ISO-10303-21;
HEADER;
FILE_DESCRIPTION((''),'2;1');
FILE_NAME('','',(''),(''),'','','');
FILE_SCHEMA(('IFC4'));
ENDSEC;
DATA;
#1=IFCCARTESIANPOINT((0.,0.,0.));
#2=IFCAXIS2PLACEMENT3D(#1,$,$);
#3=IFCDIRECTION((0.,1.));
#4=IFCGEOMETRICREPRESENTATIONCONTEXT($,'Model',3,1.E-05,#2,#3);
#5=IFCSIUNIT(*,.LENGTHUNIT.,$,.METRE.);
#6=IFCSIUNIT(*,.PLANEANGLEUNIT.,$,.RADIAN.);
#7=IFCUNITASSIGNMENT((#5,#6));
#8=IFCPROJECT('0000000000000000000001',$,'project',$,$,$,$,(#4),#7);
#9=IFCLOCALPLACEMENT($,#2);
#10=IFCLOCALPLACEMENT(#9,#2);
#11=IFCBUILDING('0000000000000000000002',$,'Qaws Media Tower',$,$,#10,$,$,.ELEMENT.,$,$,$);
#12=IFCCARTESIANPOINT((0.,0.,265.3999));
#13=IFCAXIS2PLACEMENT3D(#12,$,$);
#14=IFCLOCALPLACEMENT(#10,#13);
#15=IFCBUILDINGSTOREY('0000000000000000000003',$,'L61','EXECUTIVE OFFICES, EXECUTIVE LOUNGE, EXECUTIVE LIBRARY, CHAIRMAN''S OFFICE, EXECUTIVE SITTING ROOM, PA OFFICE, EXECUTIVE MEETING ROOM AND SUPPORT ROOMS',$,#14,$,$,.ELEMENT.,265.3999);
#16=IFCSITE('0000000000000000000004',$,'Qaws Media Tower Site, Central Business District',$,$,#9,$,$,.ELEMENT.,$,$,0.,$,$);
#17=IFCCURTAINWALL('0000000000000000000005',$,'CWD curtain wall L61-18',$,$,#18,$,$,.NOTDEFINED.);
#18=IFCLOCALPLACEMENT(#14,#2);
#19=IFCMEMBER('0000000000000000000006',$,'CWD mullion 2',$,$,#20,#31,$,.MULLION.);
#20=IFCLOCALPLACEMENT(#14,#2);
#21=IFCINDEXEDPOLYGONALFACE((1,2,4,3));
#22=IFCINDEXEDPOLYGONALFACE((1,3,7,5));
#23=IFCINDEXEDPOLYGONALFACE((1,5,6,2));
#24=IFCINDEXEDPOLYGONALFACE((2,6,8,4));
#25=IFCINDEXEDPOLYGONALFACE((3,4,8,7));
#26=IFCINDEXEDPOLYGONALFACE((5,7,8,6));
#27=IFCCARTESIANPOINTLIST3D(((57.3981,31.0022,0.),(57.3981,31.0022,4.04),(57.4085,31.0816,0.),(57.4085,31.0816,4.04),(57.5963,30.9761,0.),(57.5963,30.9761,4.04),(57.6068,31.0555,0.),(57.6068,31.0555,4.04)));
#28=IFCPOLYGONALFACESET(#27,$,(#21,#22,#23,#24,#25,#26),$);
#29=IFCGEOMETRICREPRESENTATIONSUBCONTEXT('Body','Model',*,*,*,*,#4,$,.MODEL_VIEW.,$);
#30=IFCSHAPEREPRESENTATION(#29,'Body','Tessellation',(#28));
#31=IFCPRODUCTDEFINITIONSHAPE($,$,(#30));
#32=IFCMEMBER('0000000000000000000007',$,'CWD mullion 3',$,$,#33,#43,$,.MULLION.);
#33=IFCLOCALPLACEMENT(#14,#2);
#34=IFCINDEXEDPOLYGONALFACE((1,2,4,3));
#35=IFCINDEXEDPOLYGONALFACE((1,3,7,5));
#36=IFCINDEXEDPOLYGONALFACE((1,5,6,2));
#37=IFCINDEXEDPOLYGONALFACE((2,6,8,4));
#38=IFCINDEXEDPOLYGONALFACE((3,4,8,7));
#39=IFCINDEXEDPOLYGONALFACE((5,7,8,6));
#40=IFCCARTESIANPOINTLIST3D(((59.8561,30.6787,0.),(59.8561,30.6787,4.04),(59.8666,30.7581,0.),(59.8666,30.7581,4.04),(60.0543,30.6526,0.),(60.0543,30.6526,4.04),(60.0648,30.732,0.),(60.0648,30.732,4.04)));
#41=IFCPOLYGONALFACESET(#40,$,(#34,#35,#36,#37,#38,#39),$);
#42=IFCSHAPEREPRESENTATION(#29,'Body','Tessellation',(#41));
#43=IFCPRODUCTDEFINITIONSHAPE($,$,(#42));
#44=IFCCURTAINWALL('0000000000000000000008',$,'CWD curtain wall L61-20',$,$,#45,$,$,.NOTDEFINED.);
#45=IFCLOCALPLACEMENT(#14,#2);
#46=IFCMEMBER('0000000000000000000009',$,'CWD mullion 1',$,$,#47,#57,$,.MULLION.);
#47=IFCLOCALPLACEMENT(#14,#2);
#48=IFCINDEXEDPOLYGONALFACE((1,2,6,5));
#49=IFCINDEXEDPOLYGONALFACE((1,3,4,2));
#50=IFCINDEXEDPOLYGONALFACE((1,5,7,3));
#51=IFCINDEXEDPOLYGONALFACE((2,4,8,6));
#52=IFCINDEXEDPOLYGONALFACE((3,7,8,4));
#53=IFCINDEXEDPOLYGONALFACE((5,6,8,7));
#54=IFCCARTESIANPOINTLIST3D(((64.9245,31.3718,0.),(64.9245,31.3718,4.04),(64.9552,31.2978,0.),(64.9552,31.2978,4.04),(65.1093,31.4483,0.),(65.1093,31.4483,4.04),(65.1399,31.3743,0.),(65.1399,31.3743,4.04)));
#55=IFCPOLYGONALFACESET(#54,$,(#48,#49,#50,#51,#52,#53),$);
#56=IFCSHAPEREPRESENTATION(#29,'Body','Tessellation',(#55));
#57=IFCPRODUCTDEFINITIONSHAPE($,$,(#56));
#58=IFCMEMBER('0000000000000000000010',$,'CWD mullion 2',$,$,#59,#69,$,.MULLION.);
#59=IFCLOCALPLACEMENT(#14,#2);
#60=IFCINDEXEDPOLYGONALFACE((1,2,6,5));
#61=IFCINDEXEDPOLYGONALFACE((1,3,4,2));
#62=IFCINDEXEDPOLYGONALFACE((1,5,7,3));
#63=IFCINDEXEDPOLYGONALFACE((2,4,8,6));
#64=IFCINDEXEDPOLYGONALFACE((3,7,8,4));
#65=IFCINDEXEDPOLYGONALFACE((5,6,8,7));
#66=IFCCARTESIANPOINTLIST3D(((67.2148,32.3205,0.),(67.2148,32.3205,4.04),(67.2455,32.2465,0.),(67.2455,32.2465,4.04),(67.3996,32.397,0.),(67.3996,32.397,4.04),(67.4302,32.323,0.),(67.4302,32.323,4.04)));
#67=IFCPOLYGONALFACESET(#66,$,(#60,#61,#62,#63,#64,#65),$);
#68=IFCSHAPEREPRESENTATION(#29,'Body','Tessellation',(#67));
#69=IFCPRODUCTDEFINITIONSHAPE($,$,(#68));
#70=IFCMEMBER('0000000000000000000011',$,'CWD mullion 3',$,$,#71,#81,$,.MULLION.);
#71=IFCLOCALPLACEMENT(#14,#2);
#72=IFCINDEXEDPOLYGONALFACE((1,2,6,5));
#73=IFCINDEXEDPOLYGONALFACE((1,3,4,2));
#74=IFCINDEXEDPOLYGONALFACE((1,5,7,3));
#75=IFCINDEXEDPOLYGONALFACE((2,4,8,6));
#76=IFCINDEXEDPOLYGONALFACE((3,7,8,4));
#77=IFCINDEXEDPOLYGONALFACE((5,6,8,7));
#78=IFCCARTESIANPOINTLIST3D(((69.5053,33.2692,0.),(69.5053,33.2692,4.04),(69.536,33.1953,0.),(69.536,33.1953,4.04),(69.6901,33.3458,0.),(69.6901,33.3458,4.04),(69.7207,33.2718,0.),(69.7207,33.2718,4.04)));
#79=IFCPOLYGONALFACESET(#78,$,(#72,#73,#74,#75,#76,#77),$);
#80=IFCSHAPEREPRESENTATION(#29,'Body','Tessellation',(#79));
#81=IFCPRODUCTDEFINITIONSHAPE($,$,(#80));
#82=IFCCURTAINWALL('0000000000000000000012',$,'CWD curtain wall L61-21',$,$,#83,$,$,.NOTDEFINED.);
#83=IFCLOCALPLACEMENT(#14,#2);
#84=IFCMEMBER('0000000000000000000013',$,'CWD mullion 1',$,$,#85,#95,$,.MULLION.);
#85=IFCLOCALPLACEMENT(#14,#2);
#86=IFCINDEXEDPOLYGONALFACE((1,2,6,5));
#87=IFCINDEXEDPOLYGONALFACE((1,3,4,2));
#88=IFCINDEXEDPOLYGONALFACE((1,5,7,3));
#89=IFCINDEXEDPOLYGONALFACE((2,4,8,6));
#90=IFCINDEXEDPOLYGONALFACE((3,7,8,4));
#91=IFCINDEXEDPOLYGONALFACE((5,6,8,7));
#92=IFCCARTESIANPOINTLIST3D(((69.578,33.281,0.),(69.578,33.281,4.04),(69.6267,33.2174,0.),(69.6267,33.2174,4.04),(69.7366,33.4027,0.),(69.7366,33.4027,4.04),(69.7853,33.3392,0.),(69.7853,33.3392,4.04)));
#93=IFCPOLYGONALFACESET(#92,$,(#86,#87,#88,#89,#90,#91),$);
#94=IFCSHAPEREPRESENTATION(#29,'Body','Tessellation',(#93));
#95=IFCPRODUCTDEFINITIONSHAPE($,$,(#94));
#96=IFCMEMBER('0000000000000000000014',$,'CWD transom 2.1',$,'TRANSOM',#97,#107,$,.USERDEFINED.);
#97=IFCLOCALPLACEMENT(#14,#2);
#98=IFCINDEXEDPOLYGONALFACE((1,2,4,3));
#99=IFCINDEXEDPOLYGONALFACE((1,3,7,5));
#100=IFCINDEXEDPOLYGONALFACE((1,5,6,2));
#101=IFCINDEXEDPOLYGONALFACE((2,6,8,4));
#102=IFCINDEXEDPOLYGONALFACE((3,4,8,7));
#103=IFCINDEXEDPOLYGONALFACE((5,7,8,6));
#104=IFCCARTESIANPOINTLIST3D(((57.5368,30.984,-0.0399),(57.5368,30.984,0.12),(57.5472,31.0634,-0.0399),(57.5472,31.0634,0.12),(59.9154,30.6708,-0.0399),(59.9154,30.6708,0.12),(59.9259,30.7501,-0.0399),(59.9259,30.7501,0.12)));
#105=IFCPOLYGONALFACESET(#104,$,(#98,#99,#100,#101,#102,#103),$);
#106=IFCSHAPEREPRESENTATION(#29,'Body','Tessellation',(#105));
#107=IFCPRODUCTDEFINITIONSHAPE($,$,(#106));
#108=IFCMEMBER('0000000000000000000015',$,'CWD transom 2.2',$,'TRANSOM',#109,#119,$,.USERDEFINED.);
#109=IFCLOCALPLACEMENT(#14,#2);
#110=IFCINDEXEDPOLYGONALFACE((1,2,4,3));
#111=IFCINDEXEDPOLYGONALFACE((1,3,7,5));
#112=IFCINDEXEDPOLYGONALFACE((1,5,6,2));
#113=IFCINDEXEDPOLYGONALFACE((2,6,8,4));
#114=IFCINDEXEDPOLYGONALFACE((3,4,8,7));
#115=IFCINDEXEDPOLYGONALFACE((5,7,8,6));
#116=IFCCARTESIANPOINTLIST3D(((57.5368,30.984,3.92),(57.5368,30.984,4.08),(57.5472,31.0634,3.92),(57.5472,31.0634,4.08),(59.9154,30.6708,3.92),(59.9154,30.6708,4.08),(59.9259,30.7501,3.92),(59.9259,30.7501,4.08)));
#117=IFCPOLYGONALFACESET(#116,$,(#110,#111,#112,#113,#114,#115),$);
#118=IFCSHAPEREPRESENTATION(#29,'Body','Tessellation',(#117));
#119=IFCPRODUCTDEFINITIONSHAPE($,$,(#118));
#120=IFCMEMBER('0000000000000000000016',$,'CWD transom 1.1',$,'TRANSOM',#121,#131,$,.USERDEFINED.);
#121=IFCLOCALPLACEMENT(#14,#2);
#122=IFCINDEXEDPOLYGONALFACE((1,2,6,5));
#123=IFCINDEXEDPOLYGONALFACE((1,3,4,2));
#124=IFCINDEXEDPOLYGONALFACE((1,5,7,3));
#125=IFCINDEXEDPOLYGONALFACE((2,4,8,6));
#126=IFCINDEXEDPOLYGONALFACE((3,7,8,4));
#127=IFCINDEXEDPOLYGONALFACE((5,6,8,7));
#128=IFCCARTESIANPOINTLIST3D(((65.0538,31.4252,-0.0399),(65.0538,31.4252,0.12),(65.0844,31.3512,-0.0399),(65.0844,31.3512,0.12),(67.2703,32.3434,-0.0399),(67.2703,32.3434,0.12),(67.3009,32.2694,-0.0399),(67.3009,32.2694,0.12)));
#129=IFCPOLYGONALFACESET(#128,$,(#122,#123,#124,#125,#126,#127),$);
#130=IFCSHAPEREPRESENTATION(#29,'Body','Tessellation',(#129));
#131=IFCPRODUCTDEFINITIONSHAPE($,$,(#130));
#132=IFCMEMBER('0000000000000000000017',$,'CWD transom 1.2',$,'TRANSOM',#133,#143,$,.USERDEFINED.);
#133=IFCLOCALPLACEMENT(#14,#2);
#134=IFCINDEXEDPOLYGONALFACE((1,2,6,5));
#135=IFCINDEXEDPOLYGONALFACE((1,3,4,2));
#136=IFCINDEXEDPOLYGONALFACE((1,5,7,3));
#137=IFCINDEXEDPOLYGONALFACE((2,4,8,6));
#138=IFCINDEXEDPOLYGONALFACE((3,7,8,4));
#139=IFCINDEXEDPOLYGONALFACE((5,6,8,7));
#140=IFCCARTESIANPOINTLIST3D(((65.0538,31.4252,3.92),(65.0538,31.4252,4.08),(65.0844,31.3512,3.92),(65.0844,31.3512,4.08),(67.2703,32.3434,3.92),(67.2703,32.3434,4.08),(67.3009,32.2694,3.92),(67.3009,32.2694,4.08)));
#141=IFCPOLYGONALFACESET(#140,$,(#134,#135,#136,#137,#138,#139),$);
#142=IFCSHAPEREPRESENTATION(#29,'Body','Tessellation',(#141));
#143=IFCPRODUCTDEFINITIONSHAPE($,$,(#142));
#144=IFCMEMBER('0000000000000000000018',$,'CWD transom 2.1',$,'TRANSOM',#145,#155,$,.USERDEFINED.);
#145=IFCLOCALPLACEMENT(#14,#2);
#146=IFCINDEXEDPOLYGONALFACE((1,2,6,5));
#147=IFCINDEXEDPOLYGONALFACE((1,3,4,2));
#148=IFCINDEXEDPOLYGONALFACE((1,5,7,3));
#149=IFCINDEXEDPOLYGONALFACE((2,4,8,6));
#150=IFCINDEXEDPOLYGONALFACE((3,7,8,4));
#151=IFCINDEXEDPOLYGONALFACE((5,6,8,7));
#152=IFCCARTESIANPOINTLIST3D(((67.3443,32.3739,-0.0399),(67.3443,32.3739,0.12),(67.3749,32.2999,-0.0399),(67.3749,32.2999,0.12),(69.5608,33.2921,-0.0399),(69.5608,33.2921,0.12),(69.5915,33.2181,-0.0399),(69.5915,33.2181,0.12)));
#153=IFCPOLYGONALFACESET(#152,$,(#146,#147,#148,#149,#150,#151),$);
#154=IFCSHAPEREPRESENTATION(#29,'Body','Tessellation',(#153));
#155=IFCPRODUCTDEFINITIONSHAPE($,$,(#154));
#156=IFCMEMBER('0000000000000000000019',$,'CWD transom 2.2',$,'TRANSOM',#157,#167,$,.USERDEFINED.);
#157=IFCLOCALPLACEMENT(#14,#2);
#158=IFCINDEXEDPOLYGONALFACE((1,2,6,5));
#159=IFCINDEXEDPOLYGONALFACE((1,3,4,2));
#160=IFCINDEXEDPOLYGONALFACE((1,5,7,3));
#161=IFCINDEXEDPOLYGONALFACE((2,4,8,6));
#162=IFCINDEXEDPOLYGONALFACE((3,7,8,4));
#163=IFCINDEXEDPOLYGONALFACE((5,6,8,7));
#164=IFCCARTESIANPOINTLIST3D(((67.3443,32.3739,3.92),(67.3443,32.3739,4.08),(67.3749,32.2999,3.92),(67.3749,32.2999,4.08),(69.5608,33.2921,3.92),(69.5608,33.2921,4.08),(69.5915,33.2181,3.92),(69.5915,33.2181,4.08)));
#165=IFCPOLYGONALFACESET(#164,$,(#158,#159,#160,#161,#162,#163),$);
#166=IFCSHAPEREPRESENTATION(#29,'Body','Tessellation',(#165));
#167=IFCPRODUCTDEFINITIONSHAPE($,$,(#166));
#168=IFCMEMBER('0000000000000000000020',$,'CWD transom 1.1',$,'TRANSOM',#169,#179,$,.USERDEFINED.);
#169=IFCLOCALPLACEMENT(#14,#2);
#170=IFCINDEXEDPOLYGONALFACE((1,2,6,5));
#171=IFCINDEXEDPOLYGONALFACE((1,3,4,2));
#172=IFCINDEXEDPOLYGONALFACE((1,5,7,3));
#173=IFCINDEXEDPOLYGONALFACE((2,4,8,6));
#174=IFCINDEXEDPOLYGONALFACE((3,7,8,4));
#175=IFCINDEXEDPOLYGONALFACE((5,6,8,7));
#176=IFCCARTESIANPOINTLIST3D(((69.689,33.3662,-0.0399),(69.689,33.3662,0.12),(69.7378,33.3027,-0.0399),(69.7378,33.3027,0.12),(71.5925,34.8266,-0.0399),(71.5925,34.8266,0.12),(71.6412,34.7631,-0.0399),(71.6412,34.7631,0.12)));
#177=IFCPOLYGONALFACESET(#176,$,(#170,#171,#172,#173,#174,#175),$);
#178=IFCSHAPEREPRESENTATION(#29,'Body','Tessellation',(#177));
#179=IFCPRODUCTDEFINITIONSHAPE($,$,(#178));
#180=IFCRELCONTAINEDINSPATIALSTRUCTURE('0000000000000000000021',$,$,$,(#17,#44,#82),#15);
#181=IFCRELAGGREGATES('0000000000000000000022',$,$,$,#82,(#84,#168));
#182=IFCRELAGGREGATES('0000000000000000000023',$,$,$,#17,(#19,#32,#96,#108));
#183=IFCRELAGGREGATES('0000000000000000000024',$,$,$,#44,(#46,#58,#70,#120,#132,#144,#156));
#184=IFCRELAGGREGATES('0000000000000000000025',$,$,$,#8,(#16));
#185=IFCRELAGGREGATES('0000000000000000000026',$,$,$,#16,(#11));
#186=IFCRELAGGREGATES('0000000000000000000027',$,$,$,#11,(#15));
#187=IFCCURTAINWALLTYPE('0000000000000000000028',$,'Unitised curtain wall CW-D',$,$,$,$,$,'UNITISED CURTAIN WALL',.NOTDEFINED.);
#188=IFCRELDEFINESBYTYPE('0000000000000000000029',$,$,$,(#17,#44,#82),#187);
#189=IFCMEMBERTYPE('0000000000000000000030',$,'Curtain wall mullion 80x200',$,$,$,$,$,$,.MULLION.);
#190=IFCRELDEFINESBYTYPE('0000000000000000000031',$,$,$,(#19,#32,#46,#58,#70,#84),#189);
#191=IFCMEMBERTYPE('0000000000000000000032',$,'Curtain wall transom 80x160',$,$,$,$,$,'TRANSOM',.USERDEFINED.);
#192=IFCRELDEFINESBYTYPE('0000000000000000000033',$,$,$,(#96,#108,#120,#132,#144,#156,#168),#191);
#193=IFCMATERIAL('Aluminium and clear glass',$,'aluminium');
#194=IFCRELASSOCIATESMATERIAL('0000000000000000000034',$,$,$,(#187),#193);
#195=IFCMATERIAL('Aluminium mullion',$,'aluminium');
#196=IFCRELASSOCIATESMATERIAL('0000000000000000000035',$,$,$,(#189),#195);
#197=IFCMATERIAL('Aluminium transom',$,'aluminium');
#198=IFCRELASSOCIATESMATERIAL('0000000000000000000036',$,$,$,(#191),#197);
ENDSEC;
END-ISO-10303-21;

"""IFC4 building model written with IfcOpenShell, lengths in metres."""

from ifc_helpers import new_model, si_unit, direction, frame, origin, origin_2d, place, context, subcontext, project, spatial, rectangle, extrude, material, material_profile, profile_set, type_object, element, aggregate, save


model = new_model("IFC4")

# Units and contexts
model_context = context("Model", 3, precision=1e-05, world=origin(), true_north=direction((0.0, 1.0)))
body_context = subcontext(model_context, "Body", "Model", "MODEL_VIEW")
ifc_project = project(units=[si_unit("LENGTHUNIT", "METRE"), si_unit("PLANEANGLEUNIT", "RADIAN")], contexts=[model_context])

# Site, building, storey
site_placement = place(None, origin())
site = spatial("IfcSite", under=ifc_project, at=site_placement, Name="Qaws Media Tower Site, Central Business District", CompositionType="ELEMENT", RefElevation=0.0)
building_placement = place(site_placement, origin())
building = spatial("IfcBuilding", under=site, at=building_placement, Name="Qaws Media Tower", CompositionType="ELEMENT")
storey_placement = place(building_placement, frame((0.0, 0.0, 265.3999)))
storey = spatial("IfcBuildingStorey", under=building, at=storey_placement, Name="L61", Description="EXECUTIVE OFFICES, EXECUTIVE LOUNGE, EXECUTIVE LIBRARY, CHAIRMAN'S OFFICE, EXECUTIVE SITTING ROOM, PA OFFICE, EXECUTIVE MEETING ROOM AND SUPPORT ROOMS", CompositionType="ELEMENT", Elevation=265.3999)

# Curtain walls, members
ifc_material_1 = material(Name="Aluminium and clear glass", Category="aluminium")
curtain_wall_type = type_object("IfcCurtainWallType", Name="Unitised curtain wall CW-D", ElementType="UNITISED CURTAIN WALL", PredefinedType="NOTDEFINED", material=ifc_material_1)
curtain_wall_1_placement = place(storey_placement, origin())
curtain_wall_1 = element("IfcCurtainWall", 1, at=curtain_wall_1_placement, inside=storey, type_object=curtain_wall_type, Name="CWD curtain wall L61-18", PredefinedType="NOTDEFINED")
ifc_material_2 = material(Name="Aluminium mullion", Category="aluminium")
ifc_material_profile_1 = material_profile(ifc_material_2, rectangle(XDim=0.0801, YDim=0.2, at=origin_2d()), Name="80x200")
ifc_profile_set_1 = profile_set([ifc_material_profile_1], Name="Aluminium mullion")
member_type_1 = type_object("IfcMemberType", Name="Curtain wall mullion 80x200", PredefinedType="MULLION", material=ifc_profile_set_1)
member_1_placement = place(storey_placement, frame((57.5024, 31.0288, 0.0), z_axis=(0.0, 0.0, 1.0), x_axis=(0.130526, 0.991445, 0.0)))
member_1 = element("IfcMember", 2, at=member_1_placement, type_object=member_type_1, Name="CWD mullion 2", PredefinedType="MULLION", context=body_context, shape_type="SweptSolid", body=[
    extrude(rectangle(XDim=0.0801, YDim=0.2, at=origin_2d()), origin(), (0.0, 0.0, 1.0), 4.04),
])
member_2_placement = place(storey_placement, frame((59.9604, 30.7053, 0.0), z_axis=(0.0, 0.0, 1.0), x_axis=(0.130526, 0.991445, 0.0)))
member_2 = element("IfcMember", 3, at=member_2_placement, type_object=member_type_1, Name="CWD mullion 3", PredefinedType="MULLION", context=body_context, shape_type="SweptSolid", body=[
    extrude(rectangle(XDim=0.0801, YDim=0.2, at=origin_2d()), origin(), (0.0, 0.0, 1.0), 4.04),
])
curtain_wall_2_placement = place(storey_placement, origin())
curtain_wall_2 = element("IfcCurtainWall", 4, at=curtain_wall_2_placement, inside=storey, type_object=curtain_wall_type, Name="CWD curtain wall L61-20", PredefinedType="NOTDEFINED")
member_3_placement = place(storey_placement, frame((65.0322, 31.373, 0.0), z_axis=(0.0, 0.0, 1.0), x_axis=(-0.382683, 0.92388, 0.0)))
member_3 = element("IfcMember", 5, at=member_3_placement, type_object=member_type_1, Name="CWD mullion 1", PredefinedType="MULLION", context=body_context, shape_type="SweptSolid", body=[
    extrude(rectangle(XDim=0.0801, YDim=0.2, at=origin_2d()), origin(), (0.0, 0.0, 1.0), 4.04),
])
member_4_placement = place(storey_placement, frame((67.3225, 32.3218, 0.0), z_axis=(0.0, 0.0, 1.0), x_axis=(-0.382683, 0.92388, 0.0)))
member_4 = element("IfcMember", 6, at=member_4_placement, type_object=member_type_1, Name="CWD mullion 2", PredefinedType="MULLION", context=body_context, shape_type="SweptSolid", body=[
    extrude(rectangle(XDim=0.0801, YDim=0.2, at=origin_2d()), origin(), (0.0, 0.0, 1.0), 4.04),
])
member_5_placement = place(storey_placement, frame((69.613, 33.2705, 0.0), z_axis=(0.0, 0.0, 1.0), x_axis=(-0.382683, 0.92388, 0.0)))
member_5 = element("IfcMember", 7, at=member_5_placement, type_object=member_type_1, Name="CWD mullion 3", PredefinedType="MULLION", context=body_context, shape_type="SweptSolid", body=[
    extrude(rectangle(XDim=0.0801, YDim=0.2, at=origin_2d()), origin(), (0.0, 0.0, 1.0), 4.04),
])

# Curtain wall, member
curtain_wall_3_placement = place(storey_placement, origin())
curtain_wall_3 = element("IfcCurtainWall", 8, at=curtain_wall_3_placement, inside=storey, type_object=curtain_wall_type, Name="CWD curtain wall L61-21", PredefinedType="NOTDEFINED")
member_6_placement = place(storey_placement, frame((69.6816, 33.3101, 0.0), z_axis=(0.0, 0.0, 1.0), x_axis=(-0.608761, 0.793353, 0.0)))
member_6 = element("IfcMember", 9, at=member_6_placement, type_object=member_type_1, Name="CWD mullion 1", PredefinedType="MULLION", context=body_context, shape_type="SweptSolid", body=[
    extrude(rectangle(XDim=0.0801, YDim=0.2, at=origin_2d()), origin(), (0.0, 0.0, 1.0), 4.04),
])

# Members
ifc_material_3 = material(Name="Aluminium transom", Category="aluminium")
ifc_material_profile_2 = material_profile(ifc_material_3, rectangle(XDim=0.0801, YDim=0.1599, at=origin_2d()), Name="80x160")
ifc_profile_set_2 = profile_set([ifc_material_profile_2], Name="Aluminium transom")
member_type_2 = type_object("IfcMemberType", Name="Curtain wall transom 80x160", ElementType="TRANSOM", PredefinedType="USERDEFINED", material=ifc_profile_set_2)
member_7_placement = place(storey_placement, frame((57.542, 31.0237, 0.04), z_axis=(0.991441, -0.130557, 0.0), x_axis=(0.130557, 0.991441, 0.0)))
member_7 = element("IfcMember", 10, at=member_7_placement, type_object=member_type_2, Name="CWD transom 2.1", ObjectType="TRANSOM", PredefinedType="USERDEFINED", context=body_context, shape_type="SweptSolid", body=[
    extrude(rectangle(XDim=0.0801, YDim=0.1599, at=origin_2d()), origin(), (0.0, 0.0, 1.0), 2.3992),
])
member_8_placement = place(storey_placement, frame((57.542, 31.0237, 4.0), z_axis=(0.991441, -0.130557, 0.0), x_axis=(0.130557, 0.991441, 0.0)))
member_8 = element("IfcMember", 11, at=member_8_placement, type_object=member_type_2, Name="CWD transom 2.2", ObjectType="TRANSOM", PredefinedType="USERDEFINED", context=body_context, shape_type="SweptSolid", body=[
    extrude(rectangle(XDim=0.0801, YDim=0.1599, at=origin_2d()), origin(), (0.0, 0.0, 1.0), 2.3992),
])
member_9_placement = place(storey_placement, frame((65.0691, 31.3882, 0.04), z_axis=(0.923867, 0.382714, 0.0), x_axis=(-0.382714, 0.923867, 0.0)))
member_9 = element("IfcMember", 12, at=member_9_placement, type_object=member_type_2, Name="CWD transom 1.1", ObjectType="TRANSOM", PredefinedType="USERDEFINED", context=body_context, shape_type="SweptSolid", body=[
    extrude(rectangle(XDim=0.0801, YDim=0.1599, at=origin_2d()), origin(), (0.0, 0.0, 1.0), 2.3992),
])
member_10_placement = place(storey_placement, frame((65.0691, 31.3882, 4.0), z_axis=(0.923867, 0.382714, 0.0), x_axis=(-0.382714, 0.923867, 0.0)))
member_10 = element("IfcMember", 13, at=member_10_placement, type_object=member_type_2, Name="CWD transom 1.2", ObjectType="TRANSOM", PredefinedType="USERDEFINED", context=body_context, shape_type="SweptSolid", body=[
    extrude(rectangle(XDim=0.0801, YDim=0.1599, at=origin_2d()), origin(), (0.0, 0.0, 1.0), 2.3992),
])
member_11_placement = place(storey_placement, frame((67.3596, 32.3369, 0.04), z_axis=(0.923867, 0.382714, 0.0), x_axis=(-0.382714, 0.923867, 0.0)))
member_11 = element("IfcMember", 14, at=member_11_placement, type_object=member_type_2, Name="CWD transom 2.1", ObjectType="TRANSOM", PredefinedType="USERDEFINED", context=body_context, shape_type="SweptSolid", body=[
    extrude(rectangle(XDim=0.0801, YDim=0.1599, at=origin_2d()), origin(), (0.0, 0.0, 1.0), 2.3992),
])
member_12_placement = place(storey_placement, frame((67.3596, 32.3369, 4.0), z_axis=(0.923867, 0.382714, 0.0), x_axis=(-0.382714, 0.923867, 0.0)))
member_12 = element("IfcMember", 15, at=member_12_placement, type_object=member_type_2, Name="CWD transom 2.2", ObjectType="TRANSOM", PredefinedType="USERDEFINED", context=body_context, shape_type="SweptSolid", body=[
    extrude(rectangle(XDim=0.0801, YDim=0.1599, at=origin_2d()), origin(), (0.0, 0.0, 1.0), 2.3992),
])
member_13_placement = place(storey_placement, frame((69.7134, 33.3345, 0.04), z_axis=(0.793395, 0.608707, 0.0), x_axis=(-0.608707, 0.793395, 0.0)))
member_13 = element("IfcMember", 16, at=member_13_placement, type_object=member_type_2, Name="CWD transom 1.1", ObjectType="TRANSOM", PredefinedType="USERDEFINED", context=body_context, shape_type="SweptSolid", body=[
    extrude(rectangle(XDim=0.0801, YDim=0.1599, at=origin_2d()), origin(), (0.0, 0.0, 1.0), 2.3992),
])
aggregate(curtain_wall_3, [member_6, member_13])

aggregate(curtain_wall_1, [member_1, member_2, member_7, member_8])
aggregate(curtain_wall_2, [member_3, member_4, member_5, member_9, member_10, member_11, member_12])

save(model, "model.ifc")
